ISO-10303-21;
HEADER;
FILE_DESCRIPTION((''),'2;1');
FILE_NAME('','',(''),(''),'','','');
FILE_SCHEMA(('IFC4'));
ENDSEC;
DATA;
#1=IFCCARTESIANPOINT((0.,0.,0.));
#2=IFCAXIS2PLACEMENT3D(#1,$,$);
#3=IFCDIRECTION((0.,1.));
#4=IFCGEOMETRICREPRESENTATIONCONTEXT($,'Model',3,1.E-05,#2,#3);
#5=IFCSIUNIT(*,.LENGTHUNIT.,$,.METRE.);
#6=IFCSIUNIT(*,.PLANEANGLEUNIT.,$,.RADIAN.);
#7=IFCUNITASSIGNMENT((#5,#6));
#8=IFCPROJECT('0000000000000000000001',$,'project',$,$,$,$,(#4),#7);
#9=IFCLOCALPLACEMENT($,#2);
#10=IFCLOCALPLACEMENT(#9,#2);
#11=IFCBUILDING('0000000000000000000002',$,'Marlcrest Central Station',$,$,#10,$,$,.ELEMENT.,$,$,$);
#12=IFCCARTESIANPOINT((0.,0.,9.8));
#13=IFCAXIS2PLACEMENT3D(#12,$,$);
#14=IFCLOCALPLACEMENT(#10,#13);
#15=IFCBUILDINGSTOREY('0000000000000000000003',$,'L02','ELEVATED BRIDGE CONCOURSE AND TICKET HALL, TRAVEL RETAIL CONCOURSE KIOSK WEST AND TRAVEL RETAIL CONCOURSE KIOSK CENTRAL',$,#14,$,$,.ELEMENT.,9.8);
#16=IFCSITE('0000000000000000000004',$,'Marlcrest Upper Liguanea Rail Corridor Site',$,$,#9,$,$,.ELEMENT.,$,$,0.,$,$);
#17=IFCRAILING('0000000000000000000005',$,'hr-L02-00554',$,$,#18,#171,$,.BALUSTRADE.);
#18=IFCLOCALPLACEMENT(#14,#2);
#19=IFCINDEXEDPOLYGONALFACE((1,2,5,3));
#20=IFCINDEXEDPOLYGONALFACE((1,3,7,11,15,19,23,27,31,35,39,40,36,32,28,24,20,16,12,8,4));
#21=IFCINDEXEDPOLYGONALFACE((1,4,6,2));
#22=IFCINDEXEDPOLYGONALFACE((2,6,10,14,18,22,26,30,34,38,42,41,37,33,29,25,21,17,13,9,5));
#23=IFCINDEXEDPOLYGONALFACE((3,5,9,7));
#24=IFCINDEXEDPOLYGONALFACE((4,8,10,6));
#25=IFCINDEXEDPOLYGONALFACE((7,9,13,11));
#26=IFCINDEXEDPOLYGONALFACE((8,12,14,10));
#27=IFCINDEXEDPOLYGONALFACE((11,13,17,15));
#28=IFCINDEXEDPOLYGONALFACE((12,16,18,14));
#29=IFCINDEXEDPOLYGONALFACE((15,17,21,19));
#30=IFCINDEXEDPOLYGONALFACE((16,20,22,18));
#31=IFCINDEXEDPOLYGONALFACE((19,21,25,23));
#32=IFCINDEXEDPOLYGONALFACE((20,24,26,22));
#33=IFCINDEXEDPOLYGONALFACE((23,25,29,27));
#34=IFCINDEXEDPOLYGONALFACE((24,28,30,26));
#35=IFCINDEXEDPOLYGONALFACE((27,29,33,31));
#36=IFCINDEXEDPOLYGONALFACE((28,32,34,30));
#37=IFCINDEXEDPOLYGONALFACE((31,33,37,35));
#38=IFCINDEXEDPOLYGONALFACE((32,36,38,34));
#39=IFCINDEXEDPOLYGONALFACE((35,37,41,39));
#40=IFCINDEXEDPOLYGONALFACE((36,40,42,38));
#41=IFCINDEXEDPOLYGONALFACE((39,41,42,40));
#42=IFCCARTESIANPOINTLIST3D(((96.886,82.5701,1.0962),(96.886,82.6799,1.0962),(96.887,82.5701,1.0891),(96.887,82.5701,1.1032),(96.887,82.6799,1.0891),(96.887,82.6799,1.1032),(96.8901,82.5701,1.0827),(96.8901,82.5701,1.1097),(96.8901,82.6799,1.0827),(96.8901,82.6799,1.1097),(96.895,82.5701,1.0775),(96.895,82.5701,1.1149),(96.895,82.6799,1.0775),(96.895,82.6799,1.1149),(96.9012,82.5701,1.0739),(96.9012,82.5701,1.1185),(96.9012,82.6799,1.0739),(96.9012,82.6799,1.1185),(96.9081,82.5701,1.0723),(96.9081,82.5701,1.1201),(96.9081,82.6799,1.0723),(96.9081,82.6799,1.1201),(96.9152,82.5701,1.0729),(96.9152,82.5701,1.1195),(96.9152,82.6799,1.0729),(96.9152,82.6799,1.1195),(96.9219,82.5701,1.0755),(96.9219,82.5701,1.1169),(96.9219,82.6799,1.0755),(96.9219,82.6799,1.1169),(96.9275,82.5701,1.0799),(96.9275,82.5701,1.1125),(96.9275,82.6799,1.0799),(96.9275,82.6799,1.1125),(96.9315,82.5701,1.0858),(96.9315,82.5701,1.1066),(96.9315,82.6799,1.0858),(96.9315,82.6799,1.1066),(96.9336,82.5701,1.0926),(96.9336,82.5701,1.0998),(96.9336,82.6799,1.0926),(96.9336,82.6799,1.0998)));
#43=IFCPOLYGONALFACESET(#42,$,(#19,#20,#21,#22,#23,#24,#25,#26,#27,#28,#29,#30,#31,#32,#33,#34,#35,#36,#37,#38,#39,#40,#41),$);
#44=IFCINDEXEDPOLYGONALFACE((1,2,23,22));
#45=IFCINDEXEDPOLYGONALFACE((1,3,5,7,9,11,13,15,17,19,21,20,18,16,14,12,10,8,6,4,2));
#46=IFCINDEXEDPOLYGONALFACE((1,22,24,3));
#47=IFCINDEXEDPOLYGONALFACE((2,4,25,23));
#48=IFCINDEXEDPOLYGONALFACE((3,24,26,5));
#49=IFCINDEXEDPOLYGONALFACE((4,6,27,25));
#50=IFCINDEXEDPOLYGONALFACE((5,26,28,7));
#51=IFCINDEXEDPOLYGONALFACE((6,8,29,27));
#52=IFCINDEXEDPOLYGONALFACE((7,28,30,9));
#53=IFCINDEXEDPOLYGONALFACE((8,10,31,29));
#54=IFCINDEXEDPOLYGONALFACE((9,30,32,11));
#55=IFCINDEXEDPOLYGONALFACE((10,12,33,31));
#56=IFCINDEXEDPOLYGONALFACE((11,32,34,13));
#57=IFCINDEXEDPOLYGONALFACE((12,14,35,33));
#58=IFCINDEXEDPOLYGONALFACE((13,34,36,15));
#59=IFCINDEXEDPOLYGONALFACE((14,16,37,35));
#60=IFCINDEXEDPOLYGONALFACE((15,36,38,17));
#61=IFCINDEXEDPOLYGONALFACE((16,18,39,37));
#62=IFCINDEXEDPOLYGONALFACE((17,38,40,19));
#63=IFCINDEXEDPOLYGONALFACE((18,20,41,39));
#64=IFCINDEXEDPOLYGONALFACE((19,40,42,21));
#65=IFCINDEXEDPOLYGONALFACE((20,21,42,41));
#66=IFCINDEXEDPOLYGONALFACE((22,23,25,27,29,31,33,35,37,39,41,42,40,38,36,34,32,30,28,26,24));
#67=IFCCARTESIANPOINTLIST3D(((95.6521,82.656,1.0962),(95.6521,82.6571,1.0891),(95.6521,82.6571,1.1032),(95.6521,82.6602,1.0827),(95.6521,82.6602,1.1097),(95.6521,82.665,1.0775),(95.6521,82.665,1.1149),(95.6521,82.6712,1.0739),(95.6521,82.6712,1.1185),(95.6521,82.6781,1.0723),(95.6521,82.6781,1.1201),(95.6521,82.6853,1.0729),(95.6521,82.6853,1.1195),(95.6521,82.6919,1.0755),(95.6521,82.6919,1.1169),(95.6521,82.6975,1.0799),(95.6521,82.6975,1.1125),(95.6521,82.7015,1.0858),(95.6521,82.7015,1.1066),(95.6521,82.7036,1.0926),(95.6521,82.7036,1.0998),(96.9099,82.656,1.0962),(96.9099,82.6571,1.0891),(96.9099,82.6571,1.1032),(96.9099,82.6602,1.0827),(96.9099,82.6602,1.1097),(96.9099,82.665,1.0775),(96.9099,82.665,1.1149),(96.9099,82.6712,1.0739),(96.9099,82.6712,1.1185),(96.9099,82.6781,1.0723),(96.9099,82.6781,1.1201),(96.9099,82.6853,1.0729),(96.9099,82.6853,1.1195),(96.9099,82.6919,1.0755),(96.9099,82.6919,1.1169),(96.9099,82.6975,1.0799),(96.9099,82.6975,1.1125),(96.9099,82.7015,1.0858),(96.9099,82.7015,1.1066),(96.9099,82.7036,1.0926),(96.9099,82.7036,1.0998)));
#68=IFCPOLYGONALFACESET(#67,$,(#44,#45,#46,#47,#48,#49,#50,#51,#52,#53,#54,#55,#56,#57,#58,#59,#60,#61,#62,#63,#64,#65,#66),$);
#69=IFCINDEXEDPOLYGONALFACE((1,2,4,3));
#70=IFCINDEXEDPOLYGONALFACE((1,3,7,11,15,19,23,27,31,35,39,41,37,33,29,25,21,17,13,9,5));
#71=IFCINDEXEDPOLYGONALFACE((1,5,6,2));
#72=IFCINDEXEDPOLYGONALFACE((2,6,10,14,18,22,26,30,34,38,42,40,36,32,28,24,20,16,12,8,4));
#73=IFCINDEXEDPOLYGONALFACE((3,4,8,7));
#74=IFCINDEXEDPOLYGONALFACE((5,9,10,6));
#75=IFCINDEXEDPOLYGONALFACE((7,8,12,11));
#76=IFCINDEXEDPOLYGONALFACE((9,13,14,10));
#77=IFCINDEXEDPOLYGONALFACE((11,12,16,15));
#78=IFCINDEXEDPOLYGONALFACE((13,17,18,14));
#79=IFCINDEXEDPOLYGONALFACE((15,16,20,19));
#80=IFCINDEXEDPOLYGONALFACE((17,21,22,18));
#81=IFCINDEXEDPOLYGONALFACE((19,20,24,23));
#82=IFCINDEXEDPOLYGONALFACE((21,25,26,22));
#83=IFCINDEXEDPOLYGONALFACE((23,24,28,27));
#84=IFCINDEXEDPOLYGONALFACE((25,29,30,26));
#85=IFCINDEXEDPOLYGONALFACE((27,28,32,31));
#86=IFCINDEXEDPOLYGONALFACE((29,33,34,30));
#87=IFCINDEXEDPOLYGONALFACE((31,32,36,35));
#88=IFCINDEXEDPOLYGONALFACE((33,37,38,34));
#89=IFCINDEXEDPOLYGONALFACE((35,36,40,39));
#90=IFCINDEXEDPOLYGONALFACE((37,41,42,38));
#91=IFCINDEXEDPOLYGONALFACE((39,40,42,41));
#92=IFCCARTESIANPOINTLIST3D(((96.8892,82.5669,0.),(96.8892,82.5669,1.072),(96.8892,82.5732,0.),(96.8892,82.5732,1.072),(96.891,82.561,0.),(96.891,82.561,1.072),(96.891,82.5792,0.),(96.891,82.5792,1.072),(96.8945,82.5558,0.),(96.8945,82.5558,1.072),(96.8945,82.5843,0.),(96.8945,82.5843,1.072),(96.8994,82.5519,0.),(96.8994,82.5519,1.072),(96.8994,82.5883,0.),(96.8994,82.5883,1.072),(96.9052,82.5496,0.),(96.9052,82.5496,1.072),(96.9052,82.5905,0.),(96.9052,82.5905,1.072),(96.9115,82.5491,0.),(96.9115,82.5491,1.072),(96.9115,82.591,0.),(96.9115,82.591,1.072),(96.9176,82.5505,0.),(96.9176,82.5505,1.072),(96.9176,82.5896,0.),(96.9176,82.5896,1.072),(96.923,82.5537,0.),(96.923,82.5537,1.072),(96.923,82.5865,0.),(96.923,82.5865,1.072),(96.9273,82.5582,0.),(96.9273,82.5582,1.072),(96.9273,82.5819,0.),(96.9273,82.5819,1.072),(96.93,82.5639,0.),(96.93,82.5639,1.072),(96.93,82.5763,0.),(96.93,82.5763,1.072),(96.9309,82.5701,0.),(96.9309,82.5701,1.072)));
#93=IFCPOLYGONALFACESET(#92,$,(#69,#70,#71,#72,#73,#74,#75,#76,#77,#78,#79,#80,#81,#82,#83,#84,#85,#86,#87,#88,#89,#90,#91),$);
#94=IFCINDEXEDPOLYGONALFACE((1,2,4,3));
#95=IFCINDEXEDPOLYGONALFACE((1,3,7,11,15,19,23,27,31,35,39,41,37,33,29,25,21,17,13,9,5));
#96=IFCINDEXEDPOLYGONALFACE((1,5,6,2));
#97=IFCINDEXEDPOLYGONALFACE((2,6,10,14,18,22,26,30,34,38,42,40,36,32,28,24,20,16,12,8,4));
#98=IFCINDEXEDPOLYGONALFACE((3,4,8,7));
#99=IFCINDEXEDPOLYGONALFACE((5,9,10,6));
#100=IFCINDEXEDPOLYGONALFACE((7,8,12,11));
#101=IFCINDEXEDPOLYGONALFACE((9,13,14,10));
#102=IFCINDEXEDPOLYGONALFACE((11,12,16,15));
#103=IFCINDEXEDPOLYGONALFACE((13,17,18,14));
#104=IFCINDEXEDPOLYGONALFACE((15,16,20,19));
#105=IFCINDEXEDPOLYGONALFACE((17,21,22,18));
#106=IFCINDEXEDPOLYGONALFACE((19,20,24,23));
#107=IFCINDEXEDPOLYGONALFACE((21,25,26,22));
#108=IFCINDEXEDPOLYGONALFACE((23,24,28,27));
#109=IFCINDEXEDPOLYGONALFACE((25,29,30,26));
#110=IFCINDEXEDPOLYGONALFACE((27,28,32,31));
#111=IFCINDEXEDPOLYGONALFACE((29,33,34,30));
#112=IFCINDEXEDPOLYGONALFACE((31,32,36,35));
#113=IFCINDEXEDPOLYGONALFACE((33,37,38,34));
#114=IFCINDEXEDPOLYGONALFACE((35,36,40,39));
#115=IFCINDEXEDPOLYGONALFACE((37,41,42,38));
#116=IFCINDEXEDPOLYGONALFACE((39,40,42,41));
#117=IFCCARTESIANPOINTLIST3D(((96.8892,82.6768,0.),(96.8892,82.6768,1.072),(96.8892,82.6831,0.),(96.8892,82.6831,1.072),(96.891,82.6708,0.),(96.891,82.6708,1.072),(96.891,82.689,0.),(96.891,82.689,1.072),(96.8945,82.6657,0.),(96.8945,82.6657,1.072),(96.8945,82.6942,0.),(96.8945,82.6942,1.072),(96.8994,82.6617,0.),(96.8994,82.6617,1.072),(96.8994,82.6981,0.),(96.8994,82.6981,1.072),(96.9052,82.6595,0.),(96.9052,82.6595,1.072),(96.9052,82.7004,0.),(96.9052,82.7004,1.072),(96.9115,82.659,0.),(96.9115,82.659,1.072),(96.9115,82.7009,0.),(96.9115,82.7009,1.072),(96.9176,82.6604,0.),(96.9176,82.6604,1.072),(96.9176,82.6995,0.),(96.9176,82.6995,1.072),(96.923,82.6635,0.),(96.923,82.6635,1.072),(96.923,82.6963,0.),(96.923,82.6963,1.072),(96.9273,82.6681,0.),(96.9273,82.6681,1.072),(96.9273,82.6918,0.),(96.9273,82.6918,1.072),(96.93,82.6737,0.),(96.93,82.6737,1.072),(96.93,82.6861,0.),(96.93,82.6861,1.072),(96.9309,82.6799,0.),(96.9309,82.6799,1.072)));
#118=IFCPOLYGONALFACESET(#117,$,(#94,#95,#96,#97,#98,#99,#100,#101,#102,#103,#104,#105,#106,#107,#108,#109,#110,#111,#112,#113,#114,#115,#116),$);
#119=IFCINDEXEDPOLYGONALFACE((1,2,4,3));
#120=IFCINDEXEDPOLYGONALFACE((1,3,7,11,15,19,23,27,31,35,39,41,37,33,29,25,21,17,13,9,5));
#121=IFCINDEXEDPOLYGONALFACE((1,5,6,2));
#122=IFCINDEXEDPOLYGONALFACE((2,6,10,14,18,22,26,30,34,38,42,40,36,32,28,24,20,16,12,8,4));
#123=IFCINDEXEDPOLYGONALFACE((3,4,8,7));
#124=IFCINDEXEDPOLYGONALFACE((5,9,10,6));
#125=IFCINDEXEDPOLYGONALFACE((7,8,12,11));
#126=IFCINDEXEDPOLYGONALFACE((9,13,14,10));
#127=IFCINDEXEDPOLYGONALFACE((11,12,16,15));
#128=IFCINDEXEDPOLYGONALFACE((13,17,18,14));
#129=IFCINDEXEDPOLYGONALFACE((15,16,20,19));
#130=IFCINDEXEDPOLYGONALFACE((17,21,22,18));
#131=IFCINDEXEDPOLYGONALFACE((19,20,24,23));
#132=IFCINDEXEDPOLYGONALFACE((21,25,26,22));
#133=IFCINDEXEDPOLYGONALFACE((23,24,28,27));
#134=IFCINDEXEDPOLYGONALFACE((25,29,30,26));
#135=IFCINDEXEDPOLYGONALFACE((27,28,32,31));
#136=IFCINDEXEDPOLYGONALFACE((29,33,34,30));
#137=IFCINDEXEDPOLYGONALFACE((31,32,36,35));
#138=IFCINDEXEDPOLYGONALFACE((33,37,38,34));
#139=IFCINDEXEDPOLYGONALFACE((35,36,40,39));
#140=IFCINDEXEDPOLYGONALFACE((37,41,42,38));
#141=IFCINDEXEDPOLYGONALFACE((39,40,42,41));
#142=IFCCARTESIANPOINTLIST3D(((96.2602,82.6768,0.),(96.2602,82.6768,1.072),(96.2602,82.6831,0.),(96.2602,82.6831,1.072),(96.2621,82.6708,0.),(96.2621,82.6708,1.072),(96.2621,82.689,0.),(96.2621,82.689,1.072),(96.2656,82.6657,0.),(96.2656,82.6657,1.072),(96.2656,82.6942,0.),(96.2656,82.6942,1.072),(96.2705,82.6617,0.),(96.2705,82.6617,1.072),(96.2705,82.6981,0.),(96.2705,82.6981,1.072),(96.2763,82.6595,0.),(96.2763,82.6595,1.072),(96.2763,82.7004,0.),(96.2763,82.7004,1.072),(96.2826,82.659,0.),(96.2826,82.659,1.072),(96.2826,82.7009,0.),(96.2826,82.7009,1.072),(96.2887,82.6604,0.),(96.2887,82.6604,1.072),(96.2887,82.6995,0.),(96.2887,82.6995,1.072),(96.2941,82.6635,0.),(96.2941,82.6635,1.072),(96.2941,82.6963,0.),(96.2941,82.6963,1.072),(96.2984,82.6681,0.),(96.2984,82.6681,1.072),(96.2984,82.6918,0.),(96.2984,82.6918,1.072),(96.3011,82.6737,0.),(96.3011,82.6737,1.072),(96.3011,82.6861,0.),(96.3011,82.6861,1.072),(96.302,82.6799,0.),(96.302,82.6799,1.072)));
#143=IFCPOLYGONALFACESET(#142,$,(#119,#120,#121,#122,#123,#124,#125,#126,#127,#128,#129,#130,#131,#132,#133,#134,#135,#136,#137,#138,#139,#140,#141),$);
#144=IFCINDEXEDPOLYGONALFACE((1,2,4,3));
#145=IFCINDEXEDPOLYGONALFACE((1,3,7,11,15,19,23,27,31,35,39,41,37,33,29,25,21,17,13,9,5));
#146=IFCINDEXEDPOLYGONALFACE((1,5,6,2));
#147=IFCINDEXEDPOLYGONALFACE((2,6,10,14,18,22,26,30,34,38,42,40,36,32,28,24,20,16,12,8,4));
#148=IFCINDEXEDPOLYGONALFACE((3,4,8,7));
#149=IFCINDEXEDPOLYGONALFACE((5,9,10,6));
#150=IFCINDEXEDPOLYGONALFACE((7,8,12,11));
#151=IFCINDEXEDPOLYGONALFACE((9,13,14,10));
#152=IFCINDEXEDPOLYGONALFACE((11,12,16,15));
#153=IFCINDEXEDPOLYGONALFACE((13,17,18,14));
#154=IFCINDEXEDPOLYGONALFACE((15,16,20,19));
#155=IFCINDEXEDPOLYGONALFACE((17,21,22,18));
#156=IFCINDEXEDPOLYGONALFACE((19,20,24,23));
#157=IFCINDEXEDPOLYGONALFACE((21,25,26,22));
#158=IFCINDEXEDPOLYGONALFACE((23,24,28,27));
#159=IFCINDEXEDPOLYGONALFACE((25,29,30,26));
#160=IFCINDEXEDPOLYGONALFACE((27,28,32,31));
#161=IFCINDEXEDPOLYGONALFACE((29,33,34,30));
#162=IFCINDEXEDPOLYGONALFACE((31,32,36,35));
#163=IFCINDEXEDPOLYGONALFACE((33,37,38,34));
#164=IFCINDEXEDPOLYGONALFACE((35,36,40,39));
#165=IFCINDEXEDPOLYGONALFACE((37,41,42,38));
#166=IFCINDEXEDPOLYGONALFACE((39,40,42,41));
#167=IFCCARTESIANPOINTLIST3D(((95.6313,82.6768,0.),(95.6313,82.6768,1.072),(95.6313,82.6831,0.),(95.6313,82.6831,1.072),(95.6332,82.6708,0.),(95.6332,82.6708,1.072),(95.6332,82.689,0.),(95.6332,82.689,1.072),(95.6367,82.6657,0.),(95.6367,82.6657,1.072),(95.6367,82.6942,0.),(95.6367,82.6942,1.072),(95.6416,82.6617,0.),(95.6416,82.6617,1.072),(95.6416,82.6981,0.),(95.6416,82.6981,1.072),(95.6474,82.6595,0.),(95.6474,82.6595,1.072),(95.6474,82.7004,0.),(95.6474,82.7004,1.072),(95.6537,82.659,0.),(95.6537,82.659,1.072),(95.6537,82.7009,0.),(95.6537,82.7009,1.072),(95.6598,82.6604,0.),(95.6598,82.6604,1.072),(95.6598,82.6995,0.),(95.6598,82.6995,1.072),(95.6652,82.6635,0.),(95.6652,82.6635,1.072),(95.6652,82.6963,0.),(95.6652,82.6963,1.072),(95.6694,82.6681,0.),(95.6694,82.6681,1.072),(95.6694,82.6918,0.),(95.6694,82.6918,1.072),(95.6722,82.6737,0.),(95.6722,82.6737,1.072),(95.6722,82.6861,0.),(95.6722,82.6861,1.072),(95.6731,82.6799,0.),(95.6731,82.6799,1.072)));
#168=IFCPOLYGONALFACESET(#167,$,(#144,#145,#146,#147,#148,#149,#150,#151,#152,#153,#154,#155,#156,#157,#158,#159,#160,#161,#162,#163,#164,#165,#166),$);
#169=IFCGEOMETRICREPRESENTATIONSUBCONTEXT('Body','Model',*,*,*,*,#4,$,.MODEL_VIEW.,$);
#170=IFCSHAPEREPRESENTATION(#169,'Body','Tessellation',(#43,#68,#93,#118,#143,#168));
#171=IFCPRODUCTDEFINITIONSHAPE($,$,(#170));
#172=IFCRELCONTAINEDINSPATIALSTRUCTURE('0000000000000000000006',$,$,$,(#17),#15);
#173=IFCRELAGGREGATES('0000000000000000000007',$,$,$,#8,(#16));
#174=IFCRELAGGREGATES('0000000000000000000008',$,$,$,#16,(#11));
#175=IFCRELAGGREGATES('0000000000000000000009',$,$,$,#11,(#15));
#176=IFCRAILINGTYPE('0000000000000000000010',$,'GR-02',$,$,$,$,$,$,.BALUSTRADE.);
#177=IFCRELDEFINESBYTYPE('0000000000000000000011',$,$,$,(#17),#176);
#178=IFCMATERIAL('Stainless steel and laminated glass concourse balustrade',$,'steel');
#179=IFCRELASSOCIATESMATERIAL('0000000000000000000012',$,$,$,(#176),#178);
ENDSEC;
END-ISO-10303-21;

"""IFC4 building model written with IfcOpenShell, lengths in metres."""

from ifc_helpers import new_model, si_unit, direction, frame, origin, origin_2d, place, context, subcontext, project, spatial, circle, extrude, material, type_object, element, save


model = new_model("IFC4")

# Units and contexts
model_context = context("Model", 3, precision=1e-05, world=origin(), true_north=direction((0.0, 1.0)))
body_context = subcontext(model_context, "Body", "Model", "MODEL_VIEW")
ifc_project = project(units=[si_unit("LENGTHUNIT", "METRE"), si_unit("PLANEANGLEUNIT", "RADIAN")], contexts=[model_context])

# Site, building, storey
site_placement = place(None, origin())
site = spatial("IfcSite", under=ifc_project, at=site_placement, Name="Marlcrest Upper Liguanea Rail Corridor Site", CompositionType="ELEMENT", RefElevation=0.0)
building_placement = place(site_placement, origin())
building = spatial("IfcBuilding", under=site, at=building_placement, Name="Marlcrest Central Station", CompositionType="ELEMENT")
storey_placement = place(building_placement, frame((0.0, 0.0, 9.8)))
storey = spatial("IfcBuildingStorey", under=building, at=storey_placement, Name="L02", Description="ELEVATED BRIDGE CONCOURSE AND TICKET HALL, TRAVEL RETAIL CONCOURSE KIOSK WEST AND TRAVEL RETAIL CONCOURSE KIOSK CENTRAL", CompositionType="ELEMENT", Elevation=9.8)

# Railing
ifc_material_1 = material(Name="Stainless steel and laminated glass concourse balustrade", Category="steel")
railing_type = type_object("IfcRailingType", Name="GR-02", PredefinedType="BALUSTRADE", material=ifc_material_1)
railing_1_placement = place(storey_placement, frame((96.9099, 82.5701, 0.0)))
element("IfcRailing", 1, at=railing_1_placement, inside=storey, type_object=railing_type, Name="hr-L02-00554", PredefinedType="BALUSTRADE", context=body_context, shape_type="SweptSolid", body=[
    extrude(circle(Radius=0.0239, at=origin_2d()), frame((0.0, 0.0, 1.0962), z_axis=(0.0, 1.0, 0.0), x_axis=(-1.0, 0.0, 0.0)), (0.0, 0.0, 1.0), 0.1099),
    extrude(circle(Radius=0.0239, at=origin_2d()), frame((0.0, 0.1099, 1.0962), z_axis=(-1.0, 0.0, 0.0), x_axis=(0.0, -1.0, 0.0)), (0.0, 0.0, 1.0), 1.2578),
    extrude(circle(Radius=0.021, at=origin_2d()), origin(), (0.0, 0.0, 1.0), 1.072),
    extrude(circle(Radius=0.021, at=origin_2d()), frame((0.0, 0.1099, 0.0)), (0.0, 0.0, 1.0), 1.072),
    extrude(circle(Radius=0.021, at=origin_2d()), frame((-0.6289, 0.1099, 0.0)), (0.0, 0.0, 1.0), 1.072),
    extrude(circle(Radius=0.021, at=origin_2d()), frame((-1.2578, 0.1099, 0.0)), (0.0, 0.0, 1.0), 1.072),
])

save(model, "model.ifc")
